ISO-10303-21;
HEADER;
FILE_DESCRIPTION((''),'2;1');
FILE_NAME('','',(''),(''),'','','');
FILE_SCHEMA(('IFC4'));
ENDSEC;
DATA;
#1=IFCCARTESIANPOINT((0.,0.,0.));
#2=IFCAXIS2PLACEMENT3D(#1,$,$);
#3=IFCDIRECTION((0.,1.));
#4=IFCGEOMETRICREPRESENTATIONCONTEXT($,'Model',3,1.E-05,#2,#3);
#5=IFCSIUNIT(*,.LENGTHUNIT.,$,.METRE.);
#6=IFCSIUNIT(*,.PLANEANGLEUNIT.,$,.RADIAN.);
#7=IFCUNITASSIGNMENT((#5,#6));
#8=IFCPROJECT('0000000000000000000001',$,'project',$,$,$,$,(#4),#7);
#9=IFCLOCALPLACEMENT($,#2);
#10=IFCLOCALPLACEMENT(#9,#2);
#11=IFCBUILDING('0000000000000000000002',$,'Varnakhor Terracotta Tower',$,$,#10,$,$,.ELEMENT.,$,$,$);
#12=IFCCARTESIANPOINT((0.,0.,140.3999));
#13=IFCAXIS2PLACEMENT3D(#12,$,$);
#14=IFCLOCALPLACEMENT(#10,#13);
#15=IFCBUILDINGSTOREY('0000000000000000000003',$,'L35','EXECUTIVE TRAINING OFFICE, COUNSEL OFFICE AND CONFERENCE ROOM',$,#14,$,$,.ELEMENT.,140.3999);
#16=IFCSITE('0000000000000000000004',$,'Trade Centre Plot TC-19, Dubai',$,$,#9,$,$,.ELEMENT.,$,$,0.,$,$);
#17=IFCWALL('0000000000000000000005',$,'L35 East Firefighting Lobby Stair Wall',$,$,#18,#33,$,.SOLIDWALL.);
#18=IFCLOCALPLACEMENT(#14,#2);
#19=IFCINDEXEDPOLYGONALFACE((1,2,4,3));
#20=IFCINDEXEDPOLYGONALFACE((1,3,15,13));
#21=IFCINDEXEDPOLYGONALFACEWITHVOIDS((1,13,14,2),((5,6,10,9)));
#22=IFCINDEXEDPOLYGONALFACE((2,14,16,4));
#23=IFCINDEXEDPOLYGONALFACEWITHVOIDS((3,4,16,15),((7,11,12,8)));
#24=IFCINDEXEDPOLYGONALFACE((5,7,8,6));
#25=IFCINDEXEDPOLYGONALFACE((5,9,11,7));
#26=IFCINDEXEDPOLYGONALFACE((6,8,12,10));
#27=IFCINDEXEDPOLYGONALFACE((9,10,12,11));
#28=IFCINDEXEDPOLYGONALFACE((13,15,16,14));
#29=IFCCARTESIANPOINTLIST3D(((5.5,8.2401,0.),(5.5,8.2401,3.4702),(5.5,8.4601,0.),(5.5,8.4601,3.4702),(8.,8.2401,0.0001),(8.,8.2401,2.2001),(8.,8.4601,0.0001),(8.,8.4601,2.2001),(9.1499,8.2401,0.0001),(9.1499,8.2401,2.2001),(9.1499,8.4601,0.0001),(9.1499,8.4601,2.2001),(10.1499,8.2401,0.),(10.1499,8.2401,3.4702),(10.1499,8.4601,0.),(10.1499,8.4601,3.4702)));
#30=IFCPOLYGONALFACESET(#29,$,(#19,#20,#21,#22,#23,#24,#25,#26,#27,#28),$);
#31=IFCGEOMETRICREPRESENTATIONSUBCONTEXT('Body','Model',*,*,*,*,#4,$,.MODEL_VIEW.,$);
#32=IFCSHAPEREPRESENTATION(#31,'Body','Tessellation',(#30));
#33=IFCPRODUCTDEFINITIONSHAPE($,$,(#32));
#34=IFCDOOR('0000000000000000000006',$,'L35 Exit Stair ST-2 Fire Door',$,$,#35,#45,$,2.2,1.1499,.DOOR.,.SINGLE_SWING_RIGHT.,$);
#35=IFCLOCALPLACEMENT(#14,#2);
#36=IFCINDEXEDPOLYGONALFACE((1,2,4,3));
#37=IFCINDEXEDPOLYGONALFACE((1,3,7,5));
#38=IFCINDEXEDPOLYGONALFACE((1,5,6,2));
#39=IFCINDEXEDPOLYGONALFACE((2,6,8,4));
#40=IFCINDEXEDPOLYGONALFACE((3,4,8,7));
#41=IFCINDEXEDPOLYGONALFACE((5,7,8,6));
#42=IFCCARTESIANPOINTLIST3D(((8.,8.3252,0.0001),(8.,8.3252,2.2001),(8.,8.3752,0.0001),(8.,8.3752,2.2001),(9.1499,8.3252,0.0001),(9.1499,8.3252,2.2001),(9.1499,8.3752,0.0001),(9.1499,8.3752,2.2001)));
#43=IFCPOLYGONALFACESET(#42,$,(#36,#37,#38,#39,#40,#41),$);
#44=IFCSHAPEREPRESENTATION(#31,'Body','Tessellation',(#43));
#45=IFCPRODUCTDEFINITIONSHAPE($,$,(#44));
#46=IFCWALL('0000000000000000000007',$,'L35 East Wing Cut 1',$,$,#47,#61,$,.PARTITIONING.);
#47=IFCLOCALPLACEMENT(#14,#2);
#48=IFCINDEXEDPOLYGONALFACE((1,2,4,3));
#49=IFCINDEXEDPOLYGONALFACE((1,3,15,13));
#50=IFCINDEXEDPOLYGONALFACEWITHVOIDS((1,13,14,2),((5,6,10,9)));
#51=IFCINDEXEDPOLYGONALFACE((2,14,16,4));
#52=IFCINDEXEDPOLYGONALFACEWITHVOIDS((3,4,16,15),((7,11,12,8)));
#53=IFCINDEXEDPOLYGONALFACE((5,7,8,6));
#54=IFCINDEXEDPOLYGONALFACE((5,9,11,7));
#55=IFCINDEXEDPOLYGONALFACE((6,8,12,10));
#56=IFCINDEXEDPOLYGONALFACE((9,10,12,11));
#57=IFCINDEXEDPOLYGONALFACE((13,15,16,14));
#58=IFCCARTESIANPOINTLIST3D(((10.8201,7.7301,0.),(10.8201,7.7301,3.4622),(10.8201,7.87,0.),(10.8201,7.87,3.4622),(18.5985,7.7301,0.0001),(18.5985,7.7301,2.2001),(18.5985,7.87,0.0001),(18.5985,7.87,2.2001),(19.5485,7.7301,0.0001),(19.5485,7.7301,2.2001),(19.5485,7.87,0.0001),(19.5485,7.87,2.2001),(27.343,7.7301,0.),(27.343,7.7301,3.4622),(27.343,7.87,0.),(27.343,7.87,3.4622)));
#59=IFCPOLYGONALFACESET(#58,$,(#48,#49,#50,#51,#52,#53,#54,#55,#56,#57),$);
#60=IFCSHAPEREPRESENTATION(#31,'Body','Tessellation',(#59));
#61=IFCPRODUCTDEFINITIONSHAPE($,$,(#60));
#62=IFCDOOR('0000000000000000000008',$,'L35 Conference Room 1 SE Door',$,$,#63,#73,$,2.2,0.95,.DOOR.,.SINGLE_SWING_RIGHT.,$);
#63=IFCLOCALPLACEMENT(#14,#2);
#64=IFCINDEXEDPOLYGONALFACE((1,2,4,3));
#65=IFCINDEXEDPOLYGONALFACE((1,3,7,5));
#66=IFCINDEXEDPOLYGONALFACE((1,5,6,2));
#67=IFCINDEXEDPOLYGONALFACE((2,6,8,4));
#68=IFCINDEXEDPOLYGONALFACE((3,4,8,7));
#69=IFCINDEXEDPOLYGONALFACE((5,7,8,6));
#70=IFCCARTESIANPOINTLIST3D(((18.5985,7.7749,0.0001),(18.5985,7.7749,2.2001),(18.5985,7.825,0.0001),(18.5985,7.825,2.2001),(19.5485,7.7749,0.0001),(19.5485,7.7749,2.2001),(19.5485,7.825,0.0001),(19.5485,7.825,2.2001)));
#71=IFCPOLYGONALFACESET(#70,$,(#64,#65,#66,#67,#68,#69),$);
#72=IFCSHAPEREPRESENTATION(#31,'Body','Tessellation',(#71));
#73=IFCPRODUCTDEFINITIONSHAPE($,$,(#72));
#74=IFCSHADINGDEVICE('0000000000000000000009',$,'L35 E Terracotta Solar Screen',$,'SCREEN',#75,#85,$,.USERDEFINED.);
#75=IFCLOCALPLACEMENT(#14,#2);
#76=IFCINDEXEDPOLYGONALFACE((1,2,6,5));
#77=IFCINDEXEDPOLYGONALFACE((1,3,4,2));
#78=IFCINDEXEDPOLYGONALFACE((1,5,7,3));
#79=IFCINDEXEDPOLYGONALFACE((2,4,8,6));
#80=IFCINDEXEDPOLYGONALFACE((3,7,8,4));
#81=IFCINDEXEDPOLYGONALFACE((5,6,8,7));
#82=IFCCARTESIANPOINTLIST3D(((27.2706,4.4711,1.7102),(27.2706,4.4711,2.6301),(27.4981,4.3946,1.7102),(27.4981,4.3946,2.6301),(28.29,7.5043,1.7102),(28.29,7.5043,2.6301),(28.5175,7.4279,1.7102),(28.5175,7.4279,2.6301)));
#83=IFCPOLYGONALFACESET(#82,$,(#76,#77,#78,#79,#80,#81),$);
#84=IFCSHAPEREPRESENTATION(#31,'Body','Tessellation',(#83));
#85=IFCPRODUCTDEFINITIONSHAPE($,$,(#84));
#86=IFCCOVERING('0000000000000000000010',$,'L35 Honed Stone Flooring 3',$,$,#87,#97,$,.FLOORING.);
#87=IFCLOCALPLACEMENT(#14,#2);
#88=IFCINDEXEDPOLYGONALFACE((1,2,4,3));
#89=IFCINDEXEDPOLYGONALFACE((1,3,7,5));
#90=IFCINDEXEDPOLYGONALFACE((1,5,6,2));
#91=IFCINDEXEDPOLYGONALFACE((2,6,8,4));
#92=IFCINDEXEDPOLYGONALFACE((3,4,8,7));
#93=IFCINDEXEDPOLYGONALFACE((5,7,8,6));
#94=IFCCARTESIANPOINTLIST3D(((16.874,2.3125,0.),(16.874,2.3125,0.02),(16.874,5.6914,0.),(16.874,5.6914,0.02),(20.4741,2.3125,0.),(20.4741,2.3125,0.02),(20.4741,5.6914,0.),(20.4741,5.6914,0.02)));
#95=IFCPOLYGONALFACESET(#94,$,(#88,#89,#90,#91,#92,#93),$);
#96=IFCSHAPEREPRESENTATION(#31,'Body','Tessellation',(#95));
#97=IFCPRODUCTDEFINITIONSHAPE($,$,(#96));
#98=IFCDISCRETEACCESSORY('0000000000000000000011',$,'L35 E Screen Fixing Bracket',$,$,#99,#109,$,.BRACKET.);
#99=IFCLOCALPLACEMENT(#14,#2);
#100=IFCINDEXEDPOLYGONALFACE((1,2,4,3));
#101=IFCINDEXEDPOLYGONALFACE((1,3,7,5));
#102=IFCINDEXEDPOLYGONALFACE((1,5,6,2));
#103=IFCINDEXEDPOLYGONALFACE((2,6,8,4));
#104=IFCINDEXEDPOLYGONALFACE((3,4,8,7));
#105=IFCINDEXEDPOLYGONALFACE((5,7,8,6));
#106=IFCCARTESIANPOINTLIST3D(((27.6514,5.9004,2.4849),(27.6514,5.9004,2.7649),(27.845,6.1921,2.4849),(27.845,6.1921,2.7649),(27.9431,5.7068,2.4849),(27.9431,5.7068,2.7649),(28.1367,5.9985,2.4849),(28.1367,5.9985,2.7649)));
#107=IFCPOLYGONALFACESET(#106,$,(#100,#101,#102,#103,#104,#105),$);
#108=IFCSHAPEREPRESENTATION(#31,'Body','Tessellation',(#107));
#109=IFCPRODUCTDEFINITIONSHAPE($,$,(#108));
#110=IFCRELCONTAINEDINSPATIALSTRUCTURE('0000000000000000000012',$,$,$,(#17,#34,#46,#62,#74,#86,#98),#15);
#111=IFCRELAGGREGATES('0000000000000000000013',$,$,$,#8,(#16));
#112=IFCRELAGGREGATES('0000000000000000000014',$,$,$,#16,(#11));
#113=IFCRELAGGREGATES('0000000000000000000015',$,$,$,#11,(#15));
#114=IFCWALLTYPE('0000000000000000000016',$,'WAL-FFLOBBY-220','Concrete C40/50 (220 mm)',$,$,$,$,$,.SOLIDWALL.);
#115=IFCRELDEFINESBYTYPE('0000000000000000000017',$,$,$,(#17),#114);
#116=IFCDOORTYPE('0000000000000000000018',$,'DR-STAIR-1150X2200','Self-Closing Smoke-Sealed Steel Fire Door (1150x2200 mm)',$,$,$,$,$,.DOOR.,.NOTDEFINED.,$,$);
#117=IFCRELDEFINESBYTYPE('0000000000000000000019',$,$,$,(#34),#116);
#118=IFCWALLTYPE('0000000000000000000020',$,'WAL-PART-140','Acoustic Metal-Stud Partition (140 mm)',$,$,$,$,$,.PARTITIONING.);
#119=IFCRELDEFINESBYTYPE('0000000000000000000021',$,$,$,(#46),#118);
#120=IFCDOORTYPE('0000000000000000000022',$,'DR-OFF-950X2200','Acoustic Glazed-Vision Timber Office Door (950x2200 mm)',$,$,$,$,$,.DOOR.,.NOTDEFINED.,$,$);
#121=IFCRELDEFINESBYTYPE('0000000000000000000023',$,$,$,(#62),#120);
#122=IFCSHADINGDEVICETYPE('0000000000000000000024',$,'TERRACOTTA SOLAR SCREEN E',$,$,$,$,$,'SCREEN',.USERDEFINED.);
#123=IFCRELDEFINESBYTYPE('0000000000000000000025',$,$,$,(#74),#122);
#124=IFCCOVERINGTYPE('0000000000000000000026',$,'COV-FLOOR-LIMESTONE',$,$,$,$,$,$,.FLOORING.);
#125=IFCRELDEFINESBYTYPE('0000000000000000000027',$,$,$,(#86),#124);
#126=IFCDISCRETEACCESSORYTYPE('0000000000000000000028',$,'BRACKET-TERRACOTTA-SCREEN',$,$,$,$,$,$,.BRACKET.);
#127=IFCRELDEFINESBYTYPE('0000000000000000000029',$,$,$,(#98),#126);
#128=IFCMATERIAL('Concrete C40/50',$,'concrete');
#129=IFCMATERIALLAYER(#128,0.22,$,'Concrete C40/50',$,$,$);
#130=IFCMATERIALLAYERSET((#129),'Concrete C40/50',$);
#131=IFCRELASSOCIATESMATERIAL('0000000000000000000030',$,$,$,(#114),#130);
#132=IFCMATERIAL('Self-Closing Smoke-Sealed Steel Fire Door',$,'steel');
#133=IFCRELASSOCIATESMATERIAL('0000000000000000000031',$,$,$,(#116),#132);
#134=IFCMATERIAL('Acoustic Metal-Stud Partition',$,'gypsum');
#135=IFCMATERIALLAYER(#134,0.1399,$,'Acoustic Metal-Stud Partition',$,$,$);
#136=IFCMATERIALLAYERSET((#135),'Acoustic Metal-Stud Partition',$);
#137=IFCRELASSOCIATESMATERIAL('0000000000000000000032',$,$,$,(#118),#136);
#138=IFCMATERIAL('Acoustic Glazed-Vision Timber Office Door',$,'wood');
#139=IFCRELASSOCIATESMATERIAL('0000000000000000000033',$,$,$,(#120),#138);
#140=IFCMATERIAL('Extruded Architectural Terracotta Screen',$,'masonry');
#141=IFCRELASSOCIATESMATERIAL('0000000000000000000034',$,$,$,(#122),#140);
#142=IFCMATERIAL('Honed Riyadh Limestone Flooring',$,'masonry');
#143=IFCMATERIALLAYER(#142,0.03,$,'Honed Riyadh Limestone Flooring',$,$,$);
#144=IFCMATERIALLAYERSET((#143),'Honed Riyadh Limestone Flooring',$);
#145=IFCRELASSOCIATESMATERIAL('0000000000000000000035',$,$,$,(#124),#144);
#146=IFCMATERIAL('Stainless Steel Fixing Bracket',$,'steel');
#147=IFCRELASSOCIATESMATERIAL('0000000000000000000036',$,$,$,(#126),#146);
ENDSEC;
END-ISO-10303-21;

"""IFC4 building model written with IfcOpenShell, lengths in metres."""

from ifc_helpers import new_model, si_unit, direction, frame, frame_2d, origin, origin_2d, place, context, subcontext, project, spatial, rectangle, extrude, source, transform, mapped, material, layer, layer_set, type_object, type_shapes, element, fill, save


model = new_model("IFC4")

# Units and contexts
model_context = context("Model", 3, precision=1e-05, world=origin(), true_north=direction((0.0, 1.0)))
body_context = subcontext(model_context, "Body", "Model", "MODEL_VIEW")
ifc_project = project(units=[si_unit("LENGTHUNIT", "METRE"), si_unit("PLANEANGLEUNIT", "RADIAN")], contexts=[model_context])

# Site, building, storey
site_placement = place(None, origin())
site = spatial("IfcSite", under=ifc_project, at=site_placement, Name="Trade Centre Plot TC-19, Dubai", CompositionType="ELEMENT", RefElevation=0.0)
building_placement = place(site_placement, origin())
building = spatial("IfcBuilding", under=site, at=building_placement, Name="Varnakhor Terracotta Tower", CompositionType="ELEMENT")
storey_placement = place(building_placement, frame((0.0, 0.0, 140.3999)))
storey = spatial("IfcBuildingStorey", under=building, at=storey_placement, Name="L35", Description="EXECUTIVE TRAINING OFFICE, COUNSEL OFFICE AND CONFERENCE ROOM", CompositionType="ELEMENT", Elevation=140.3999)

# Walls, openings, doors
ifc_material_1 = material(Name="Concrete C40/50", Category="concrete")
ifc_layer_1 = layer(ifc_material_1, 0.22, Name="Concrete C40/50")
ifc_layer_set_1 = layer_set([ifc_layer_1], Name="Concrete C40/50")
wall_type_1 = type_object("IfcWallType", Name="WAL-FFLOBBY-220", Description="Concrete C40/50 (220 mm)", PredefinedType="SOLIDWALL", material=ifc_layer_set_1)
wall_1_placement = place(storey_placement, frame((10.1499, 8.3501, 0.0), z_axis=(0.0, 0.0, 1.0), x_axis=(-1.0, 0.0, 0.0)))
wall_1 = element("IfcWall", 1, at=wall_1_placement, inside=storey, type_object=wall_type_1, Name="L35 East Firefighting Lobby Stair Wall", PredefinedType="SOLIDWALL", context=body_context, shape_type="SweptSolid", body=[
    extrude(rectangle(XDim=4.6499, YDim=0.22, at=frame_2d((2.325, 0.0))), origin(), (0.0, 0.0, 1.0), 3.4702),
])
opening_1_placement = place(wall_1_placement, frame((1.0, 0.0, 0.0)))
opening_1 = element("IfcOpeningElement", 2, at=opening_1_placement, cuts=wall_1, PredefinedType="OPENING", context=body_context, shape_type="SweptSolid", body=[
    extrude(rectangle(XDim=1.1499, YDim=2.2, at=frame_2d((0.575, 1.1001))), frame((0.0, 0.1201, 0.0), z_axis=(0.0, -1.0, 0.0), x_axis=(1.0, 0.0, 0.0)), (0.0, 0.0, 1.0), 0.24),
])
ifc_material_2 = material(Name="Self-Closing Smoke-Sealed Steel Fire Door", Category="steel")
door_type_1 = type_object("IfcDoorType", Name="DR-STAIR-1150X2200", Description="Self-Closing Smoke-Sealed Steel Fire Door (1150x2200 mm)", OperationType="NOTDEFINED", PredefinedType="DOOR", material=ifc_material_2)
shared_shape_1 = source(origin(), body_context, "Body", "SweptSolid", [
    extrude(rectangle(XDim=1.1499, YDim=2.2, at=frame_2d((0.575, 1.1001))), frame((0.0, 0.0249, 0.0), z_axis=(0.0, -1.0, 0.0), x_axis=(1.0, 0.0, 0.0)), (0.0, 0.0, 1.0), 0.05),
])
type_shapes(door_type_1, [shared_shape_1])
door_1_placement = place(opening_1_placement, origin())
door_1 = element("IfcDoor", 3, at=door_1_placement, inside=storey, type_object=door_type_1, Name="L35 Exit Stair ST-2 Fire Door", OperationType="SINGLE_SWING_RIGHT", OverallHeight=2.2, OverallWidth=1.1499, PredefinedType="DOOR", context=body_context, shape_type="MappedRepresentation", body=[
    mapped(shared_shape_1, transform((0.0, 0.0, 0.0), scale=1.0)),
])
fill(opening_1, door_1)
ifc_material_3 = material(Name="Acoustic Metal-Stud Partition", Category="gypsum")
ifc_layer_2 = layer(ifc_material_3, 0.1399, Name="Acoustic Metal-Stud Partition")
ifc_layer_set_2 = layer_set([ifc_layer_2], Name="Acoustic Metal-Stud Partition")
wall_type_2 = type_object("IfcWallType", Name="WAL-PART-140", Description="Acoustic Metal-Stud Partition (140 mm)", PredefinedType="PARTITIONING", material=ifc_layer_set_2)
wall_2_placement = place(storey_placement, frame((10.8201, 7.8, 0.0), z_axis=(0.0, 0.0, 1.0), x_axis=(1.0, 0.0, 0.0)))
wall_2 = element("IfcWall", 4, at=wall_2_placement, inside=storey, type_object=wall_type_2, Name="L35 East Wing Cut 1", PredefinedType="PARTITIONING", context=body_context, shape_type="SweptSolid", body=[
    extrude(rectangle(XDim=16.5229, YDim=0.1399, at=frame_2d((8.2615, 0.0))), origin(), (0.0, 0.0, 1.0), 3.4622),
])
opening_2_placement = place(wall_2_placement, frame((7.7783, 0.0, 0.0)))
opening_2 = element("IfcOpeningElement", 5, at=opening_2_placement, cuts=wall_2, PredefinedType="OPENING", context=body_context, shape_type="SweptSolid", body=[
    extrude(rectangle(XDim=0.95, YDim=2.2, at=frame_2d((0.4751, 1.1001))), frame((0.0, 0.0801, 0.0), z_axis=(0.0, -1.0, 0.0), x_axis=(1.0, 0.0, 0.0)), (0.0, 0.0, 1.0), 0.1599),
])
ifc_material_4 = material(Name="Acoustic Glazed-Vision Timber Office Door", Category="wood")
door_type_2 = type_object("IfcDoorType", Name="DR-OFF-950X2200", Description="Acoustic Glazed-Vision Timber Office Door (950x2200 mm)", OperationType="NOTDEFINED", PredefinedType="DOOR", material=ifc_material_4)
shared_shape_2 = source(origin(), body_context, "Body", "SweptSolid", [
    extrude(rectangle(XDim=0.95, YDim=2.2, at=frame_2d((0.4751, 1.1001))), frame((0.0, 0.0249, 0.0), z_axis=(0.0, -1.0, 0.0), x_axis=(1.0, 0.0, 0.0)), (0.0, 0.0, 1.0), 0.05),
])
type_shapes(door_type_2, [shared_shape_2])
door_2_placement = place(opening_2_placement, origin())
door_2 = element("IfcDoor", 6, at=door_2_placement, inside=storey, type_object=door_type_2, Name="L35 Conference Room 1 SE Door", OperationType="SINGLE_SWING_RIGHT", OverallHeight=2.2, OverallWidth=0.95, PredefinedType="DOOR", context=body_context, shape_type="MappedRepresentation", body=[
    mapped(shared_shape_2, transform((0.0, 0.0, 0.0), scale=1.0)),
])
fill(opening_2, door_2)

# Shading device
ifc_material_5 = material(Name="Extruded Architectural Terracotta Screen", Category="masonry")
shading_device_type = type_object("IfcShadingDeviceType", Name="TERRACOTTA SOLAR SCREEN E", ElementType="SCREEN", PredefinedType="USERDEFINED", material=ifc_material_5)
shared_shape_3 = source(origin(), body_context, "Body", "SweptSolid", [
    extrude(rectangle(XDim=3.2, YDim=0.24, at=origin_2d()), origin(), (0.0, 0.0, 1.0), 0.9199),
])
type_shapes(shading_device_type, [shared_shape_3])
shading_device_placement = place(storey_placement, frame((27.894, 5.9495, 1.7102), z_axis=(0.0, 0.0, 1.0), x_axis=(0.318562, 0.947902, 0.0)))
element("IfcShadingDevice", 7, at=shading_device_placement, inside=storey, type_object=shading_device_type, Name="L35 E Terracotta Solar Screen", ObjectType="SCREEN", PredefinedType="USERDEFINED", context=body_context, shape_type="MappedRepresentation", body=[
    mapped(shared_shape_3, transform((0.0, 0.0, 0.0), scale=1.0)),
])

# Covering
ifc_material_6 = material(Name="Honed Riyadh Limestone Flooring", Category="masonry")
ifc_layer_3 = layer(ifc_material_6, 0.03, Name="Honed Riyadh Limestone Flooring")
ifc_layer_set_3 = layer_set([ifc_layer_3], Name="Honed Riyadh Limestone Flooring")
covering_type = type_object("IfcCoveringType", Name="COV-FLOOR-LIMESTONE", PredefinedType="FLOORING", material=ifc_layer_set_3)
shared_shape_4 = source(origin(), body_context, "Body", "SweptSolid", [
    extrude(rectangle(XDim=3.6001, YDim=3.3789, at=origin_2d()), origin(), (0.0, 0.0, 1.0), 0.02),
])
covering_placement = place(storey_placement, frame((18.6741, 4.002, 0.0), z_axis=(0.0, 0.0, 1.0), x_axis=(1.0, 0.0, 0.0)))
element("IfcCovering", 8, at=covering_placement, inside=storey, type_object=covering_type, Name="L35 Honed Stone Flooring 3", PredefinedType="FLOORING", context=body_context, shape_type="MappedRepresentation", body=[
    mapped(shared_shape_4, transform((0.0, 0.0, 0.0), scale=1.0)),
])

# Discrete accessory
ifc_material_7 = material(Name="Stainless Steel Fixing Bracket", Category="steel")
discrete_accessory_type = type_object("IfcDiscreteAccessoryType", Name="BRACKET-TERRACOTTA-SCREEN", PredefinedType="BRACKET", material=ifc_material_7)
shared_shape_5 = source(origin(), body_context, "Body", "SweptSolid", [
    extrude(rectangle(XDim=0.3501, YDim=0.3501, at=origin_2d()), origin(), (0.0, 0.0, 1.0), 0.28),
])
type_shapes(discrete_accessory_type, [shared_shape_5])
discrete_accessory_placement = place(storey_placement, frame((27.894, 5.9495, 2.4849), z_axis=(0.0, 0.0, 1.0), x_axis=(0.553043, 0.833153, 0.0)))
element("IfcDiscreteAccessory", 9, at=discrete_accessory_placement, inside=storey, type_object=discrete_accessory_type, Name="L35 E Screen Fixing Bracket", PredefinedType="BRACKET", context=body_context, shape_type="MappedRepresentation", body=[
    mapped(shared_shape_5, transform((0.0, 0.0, 0.0), scale=1.0)),
])

save(model, "model.ifc")
